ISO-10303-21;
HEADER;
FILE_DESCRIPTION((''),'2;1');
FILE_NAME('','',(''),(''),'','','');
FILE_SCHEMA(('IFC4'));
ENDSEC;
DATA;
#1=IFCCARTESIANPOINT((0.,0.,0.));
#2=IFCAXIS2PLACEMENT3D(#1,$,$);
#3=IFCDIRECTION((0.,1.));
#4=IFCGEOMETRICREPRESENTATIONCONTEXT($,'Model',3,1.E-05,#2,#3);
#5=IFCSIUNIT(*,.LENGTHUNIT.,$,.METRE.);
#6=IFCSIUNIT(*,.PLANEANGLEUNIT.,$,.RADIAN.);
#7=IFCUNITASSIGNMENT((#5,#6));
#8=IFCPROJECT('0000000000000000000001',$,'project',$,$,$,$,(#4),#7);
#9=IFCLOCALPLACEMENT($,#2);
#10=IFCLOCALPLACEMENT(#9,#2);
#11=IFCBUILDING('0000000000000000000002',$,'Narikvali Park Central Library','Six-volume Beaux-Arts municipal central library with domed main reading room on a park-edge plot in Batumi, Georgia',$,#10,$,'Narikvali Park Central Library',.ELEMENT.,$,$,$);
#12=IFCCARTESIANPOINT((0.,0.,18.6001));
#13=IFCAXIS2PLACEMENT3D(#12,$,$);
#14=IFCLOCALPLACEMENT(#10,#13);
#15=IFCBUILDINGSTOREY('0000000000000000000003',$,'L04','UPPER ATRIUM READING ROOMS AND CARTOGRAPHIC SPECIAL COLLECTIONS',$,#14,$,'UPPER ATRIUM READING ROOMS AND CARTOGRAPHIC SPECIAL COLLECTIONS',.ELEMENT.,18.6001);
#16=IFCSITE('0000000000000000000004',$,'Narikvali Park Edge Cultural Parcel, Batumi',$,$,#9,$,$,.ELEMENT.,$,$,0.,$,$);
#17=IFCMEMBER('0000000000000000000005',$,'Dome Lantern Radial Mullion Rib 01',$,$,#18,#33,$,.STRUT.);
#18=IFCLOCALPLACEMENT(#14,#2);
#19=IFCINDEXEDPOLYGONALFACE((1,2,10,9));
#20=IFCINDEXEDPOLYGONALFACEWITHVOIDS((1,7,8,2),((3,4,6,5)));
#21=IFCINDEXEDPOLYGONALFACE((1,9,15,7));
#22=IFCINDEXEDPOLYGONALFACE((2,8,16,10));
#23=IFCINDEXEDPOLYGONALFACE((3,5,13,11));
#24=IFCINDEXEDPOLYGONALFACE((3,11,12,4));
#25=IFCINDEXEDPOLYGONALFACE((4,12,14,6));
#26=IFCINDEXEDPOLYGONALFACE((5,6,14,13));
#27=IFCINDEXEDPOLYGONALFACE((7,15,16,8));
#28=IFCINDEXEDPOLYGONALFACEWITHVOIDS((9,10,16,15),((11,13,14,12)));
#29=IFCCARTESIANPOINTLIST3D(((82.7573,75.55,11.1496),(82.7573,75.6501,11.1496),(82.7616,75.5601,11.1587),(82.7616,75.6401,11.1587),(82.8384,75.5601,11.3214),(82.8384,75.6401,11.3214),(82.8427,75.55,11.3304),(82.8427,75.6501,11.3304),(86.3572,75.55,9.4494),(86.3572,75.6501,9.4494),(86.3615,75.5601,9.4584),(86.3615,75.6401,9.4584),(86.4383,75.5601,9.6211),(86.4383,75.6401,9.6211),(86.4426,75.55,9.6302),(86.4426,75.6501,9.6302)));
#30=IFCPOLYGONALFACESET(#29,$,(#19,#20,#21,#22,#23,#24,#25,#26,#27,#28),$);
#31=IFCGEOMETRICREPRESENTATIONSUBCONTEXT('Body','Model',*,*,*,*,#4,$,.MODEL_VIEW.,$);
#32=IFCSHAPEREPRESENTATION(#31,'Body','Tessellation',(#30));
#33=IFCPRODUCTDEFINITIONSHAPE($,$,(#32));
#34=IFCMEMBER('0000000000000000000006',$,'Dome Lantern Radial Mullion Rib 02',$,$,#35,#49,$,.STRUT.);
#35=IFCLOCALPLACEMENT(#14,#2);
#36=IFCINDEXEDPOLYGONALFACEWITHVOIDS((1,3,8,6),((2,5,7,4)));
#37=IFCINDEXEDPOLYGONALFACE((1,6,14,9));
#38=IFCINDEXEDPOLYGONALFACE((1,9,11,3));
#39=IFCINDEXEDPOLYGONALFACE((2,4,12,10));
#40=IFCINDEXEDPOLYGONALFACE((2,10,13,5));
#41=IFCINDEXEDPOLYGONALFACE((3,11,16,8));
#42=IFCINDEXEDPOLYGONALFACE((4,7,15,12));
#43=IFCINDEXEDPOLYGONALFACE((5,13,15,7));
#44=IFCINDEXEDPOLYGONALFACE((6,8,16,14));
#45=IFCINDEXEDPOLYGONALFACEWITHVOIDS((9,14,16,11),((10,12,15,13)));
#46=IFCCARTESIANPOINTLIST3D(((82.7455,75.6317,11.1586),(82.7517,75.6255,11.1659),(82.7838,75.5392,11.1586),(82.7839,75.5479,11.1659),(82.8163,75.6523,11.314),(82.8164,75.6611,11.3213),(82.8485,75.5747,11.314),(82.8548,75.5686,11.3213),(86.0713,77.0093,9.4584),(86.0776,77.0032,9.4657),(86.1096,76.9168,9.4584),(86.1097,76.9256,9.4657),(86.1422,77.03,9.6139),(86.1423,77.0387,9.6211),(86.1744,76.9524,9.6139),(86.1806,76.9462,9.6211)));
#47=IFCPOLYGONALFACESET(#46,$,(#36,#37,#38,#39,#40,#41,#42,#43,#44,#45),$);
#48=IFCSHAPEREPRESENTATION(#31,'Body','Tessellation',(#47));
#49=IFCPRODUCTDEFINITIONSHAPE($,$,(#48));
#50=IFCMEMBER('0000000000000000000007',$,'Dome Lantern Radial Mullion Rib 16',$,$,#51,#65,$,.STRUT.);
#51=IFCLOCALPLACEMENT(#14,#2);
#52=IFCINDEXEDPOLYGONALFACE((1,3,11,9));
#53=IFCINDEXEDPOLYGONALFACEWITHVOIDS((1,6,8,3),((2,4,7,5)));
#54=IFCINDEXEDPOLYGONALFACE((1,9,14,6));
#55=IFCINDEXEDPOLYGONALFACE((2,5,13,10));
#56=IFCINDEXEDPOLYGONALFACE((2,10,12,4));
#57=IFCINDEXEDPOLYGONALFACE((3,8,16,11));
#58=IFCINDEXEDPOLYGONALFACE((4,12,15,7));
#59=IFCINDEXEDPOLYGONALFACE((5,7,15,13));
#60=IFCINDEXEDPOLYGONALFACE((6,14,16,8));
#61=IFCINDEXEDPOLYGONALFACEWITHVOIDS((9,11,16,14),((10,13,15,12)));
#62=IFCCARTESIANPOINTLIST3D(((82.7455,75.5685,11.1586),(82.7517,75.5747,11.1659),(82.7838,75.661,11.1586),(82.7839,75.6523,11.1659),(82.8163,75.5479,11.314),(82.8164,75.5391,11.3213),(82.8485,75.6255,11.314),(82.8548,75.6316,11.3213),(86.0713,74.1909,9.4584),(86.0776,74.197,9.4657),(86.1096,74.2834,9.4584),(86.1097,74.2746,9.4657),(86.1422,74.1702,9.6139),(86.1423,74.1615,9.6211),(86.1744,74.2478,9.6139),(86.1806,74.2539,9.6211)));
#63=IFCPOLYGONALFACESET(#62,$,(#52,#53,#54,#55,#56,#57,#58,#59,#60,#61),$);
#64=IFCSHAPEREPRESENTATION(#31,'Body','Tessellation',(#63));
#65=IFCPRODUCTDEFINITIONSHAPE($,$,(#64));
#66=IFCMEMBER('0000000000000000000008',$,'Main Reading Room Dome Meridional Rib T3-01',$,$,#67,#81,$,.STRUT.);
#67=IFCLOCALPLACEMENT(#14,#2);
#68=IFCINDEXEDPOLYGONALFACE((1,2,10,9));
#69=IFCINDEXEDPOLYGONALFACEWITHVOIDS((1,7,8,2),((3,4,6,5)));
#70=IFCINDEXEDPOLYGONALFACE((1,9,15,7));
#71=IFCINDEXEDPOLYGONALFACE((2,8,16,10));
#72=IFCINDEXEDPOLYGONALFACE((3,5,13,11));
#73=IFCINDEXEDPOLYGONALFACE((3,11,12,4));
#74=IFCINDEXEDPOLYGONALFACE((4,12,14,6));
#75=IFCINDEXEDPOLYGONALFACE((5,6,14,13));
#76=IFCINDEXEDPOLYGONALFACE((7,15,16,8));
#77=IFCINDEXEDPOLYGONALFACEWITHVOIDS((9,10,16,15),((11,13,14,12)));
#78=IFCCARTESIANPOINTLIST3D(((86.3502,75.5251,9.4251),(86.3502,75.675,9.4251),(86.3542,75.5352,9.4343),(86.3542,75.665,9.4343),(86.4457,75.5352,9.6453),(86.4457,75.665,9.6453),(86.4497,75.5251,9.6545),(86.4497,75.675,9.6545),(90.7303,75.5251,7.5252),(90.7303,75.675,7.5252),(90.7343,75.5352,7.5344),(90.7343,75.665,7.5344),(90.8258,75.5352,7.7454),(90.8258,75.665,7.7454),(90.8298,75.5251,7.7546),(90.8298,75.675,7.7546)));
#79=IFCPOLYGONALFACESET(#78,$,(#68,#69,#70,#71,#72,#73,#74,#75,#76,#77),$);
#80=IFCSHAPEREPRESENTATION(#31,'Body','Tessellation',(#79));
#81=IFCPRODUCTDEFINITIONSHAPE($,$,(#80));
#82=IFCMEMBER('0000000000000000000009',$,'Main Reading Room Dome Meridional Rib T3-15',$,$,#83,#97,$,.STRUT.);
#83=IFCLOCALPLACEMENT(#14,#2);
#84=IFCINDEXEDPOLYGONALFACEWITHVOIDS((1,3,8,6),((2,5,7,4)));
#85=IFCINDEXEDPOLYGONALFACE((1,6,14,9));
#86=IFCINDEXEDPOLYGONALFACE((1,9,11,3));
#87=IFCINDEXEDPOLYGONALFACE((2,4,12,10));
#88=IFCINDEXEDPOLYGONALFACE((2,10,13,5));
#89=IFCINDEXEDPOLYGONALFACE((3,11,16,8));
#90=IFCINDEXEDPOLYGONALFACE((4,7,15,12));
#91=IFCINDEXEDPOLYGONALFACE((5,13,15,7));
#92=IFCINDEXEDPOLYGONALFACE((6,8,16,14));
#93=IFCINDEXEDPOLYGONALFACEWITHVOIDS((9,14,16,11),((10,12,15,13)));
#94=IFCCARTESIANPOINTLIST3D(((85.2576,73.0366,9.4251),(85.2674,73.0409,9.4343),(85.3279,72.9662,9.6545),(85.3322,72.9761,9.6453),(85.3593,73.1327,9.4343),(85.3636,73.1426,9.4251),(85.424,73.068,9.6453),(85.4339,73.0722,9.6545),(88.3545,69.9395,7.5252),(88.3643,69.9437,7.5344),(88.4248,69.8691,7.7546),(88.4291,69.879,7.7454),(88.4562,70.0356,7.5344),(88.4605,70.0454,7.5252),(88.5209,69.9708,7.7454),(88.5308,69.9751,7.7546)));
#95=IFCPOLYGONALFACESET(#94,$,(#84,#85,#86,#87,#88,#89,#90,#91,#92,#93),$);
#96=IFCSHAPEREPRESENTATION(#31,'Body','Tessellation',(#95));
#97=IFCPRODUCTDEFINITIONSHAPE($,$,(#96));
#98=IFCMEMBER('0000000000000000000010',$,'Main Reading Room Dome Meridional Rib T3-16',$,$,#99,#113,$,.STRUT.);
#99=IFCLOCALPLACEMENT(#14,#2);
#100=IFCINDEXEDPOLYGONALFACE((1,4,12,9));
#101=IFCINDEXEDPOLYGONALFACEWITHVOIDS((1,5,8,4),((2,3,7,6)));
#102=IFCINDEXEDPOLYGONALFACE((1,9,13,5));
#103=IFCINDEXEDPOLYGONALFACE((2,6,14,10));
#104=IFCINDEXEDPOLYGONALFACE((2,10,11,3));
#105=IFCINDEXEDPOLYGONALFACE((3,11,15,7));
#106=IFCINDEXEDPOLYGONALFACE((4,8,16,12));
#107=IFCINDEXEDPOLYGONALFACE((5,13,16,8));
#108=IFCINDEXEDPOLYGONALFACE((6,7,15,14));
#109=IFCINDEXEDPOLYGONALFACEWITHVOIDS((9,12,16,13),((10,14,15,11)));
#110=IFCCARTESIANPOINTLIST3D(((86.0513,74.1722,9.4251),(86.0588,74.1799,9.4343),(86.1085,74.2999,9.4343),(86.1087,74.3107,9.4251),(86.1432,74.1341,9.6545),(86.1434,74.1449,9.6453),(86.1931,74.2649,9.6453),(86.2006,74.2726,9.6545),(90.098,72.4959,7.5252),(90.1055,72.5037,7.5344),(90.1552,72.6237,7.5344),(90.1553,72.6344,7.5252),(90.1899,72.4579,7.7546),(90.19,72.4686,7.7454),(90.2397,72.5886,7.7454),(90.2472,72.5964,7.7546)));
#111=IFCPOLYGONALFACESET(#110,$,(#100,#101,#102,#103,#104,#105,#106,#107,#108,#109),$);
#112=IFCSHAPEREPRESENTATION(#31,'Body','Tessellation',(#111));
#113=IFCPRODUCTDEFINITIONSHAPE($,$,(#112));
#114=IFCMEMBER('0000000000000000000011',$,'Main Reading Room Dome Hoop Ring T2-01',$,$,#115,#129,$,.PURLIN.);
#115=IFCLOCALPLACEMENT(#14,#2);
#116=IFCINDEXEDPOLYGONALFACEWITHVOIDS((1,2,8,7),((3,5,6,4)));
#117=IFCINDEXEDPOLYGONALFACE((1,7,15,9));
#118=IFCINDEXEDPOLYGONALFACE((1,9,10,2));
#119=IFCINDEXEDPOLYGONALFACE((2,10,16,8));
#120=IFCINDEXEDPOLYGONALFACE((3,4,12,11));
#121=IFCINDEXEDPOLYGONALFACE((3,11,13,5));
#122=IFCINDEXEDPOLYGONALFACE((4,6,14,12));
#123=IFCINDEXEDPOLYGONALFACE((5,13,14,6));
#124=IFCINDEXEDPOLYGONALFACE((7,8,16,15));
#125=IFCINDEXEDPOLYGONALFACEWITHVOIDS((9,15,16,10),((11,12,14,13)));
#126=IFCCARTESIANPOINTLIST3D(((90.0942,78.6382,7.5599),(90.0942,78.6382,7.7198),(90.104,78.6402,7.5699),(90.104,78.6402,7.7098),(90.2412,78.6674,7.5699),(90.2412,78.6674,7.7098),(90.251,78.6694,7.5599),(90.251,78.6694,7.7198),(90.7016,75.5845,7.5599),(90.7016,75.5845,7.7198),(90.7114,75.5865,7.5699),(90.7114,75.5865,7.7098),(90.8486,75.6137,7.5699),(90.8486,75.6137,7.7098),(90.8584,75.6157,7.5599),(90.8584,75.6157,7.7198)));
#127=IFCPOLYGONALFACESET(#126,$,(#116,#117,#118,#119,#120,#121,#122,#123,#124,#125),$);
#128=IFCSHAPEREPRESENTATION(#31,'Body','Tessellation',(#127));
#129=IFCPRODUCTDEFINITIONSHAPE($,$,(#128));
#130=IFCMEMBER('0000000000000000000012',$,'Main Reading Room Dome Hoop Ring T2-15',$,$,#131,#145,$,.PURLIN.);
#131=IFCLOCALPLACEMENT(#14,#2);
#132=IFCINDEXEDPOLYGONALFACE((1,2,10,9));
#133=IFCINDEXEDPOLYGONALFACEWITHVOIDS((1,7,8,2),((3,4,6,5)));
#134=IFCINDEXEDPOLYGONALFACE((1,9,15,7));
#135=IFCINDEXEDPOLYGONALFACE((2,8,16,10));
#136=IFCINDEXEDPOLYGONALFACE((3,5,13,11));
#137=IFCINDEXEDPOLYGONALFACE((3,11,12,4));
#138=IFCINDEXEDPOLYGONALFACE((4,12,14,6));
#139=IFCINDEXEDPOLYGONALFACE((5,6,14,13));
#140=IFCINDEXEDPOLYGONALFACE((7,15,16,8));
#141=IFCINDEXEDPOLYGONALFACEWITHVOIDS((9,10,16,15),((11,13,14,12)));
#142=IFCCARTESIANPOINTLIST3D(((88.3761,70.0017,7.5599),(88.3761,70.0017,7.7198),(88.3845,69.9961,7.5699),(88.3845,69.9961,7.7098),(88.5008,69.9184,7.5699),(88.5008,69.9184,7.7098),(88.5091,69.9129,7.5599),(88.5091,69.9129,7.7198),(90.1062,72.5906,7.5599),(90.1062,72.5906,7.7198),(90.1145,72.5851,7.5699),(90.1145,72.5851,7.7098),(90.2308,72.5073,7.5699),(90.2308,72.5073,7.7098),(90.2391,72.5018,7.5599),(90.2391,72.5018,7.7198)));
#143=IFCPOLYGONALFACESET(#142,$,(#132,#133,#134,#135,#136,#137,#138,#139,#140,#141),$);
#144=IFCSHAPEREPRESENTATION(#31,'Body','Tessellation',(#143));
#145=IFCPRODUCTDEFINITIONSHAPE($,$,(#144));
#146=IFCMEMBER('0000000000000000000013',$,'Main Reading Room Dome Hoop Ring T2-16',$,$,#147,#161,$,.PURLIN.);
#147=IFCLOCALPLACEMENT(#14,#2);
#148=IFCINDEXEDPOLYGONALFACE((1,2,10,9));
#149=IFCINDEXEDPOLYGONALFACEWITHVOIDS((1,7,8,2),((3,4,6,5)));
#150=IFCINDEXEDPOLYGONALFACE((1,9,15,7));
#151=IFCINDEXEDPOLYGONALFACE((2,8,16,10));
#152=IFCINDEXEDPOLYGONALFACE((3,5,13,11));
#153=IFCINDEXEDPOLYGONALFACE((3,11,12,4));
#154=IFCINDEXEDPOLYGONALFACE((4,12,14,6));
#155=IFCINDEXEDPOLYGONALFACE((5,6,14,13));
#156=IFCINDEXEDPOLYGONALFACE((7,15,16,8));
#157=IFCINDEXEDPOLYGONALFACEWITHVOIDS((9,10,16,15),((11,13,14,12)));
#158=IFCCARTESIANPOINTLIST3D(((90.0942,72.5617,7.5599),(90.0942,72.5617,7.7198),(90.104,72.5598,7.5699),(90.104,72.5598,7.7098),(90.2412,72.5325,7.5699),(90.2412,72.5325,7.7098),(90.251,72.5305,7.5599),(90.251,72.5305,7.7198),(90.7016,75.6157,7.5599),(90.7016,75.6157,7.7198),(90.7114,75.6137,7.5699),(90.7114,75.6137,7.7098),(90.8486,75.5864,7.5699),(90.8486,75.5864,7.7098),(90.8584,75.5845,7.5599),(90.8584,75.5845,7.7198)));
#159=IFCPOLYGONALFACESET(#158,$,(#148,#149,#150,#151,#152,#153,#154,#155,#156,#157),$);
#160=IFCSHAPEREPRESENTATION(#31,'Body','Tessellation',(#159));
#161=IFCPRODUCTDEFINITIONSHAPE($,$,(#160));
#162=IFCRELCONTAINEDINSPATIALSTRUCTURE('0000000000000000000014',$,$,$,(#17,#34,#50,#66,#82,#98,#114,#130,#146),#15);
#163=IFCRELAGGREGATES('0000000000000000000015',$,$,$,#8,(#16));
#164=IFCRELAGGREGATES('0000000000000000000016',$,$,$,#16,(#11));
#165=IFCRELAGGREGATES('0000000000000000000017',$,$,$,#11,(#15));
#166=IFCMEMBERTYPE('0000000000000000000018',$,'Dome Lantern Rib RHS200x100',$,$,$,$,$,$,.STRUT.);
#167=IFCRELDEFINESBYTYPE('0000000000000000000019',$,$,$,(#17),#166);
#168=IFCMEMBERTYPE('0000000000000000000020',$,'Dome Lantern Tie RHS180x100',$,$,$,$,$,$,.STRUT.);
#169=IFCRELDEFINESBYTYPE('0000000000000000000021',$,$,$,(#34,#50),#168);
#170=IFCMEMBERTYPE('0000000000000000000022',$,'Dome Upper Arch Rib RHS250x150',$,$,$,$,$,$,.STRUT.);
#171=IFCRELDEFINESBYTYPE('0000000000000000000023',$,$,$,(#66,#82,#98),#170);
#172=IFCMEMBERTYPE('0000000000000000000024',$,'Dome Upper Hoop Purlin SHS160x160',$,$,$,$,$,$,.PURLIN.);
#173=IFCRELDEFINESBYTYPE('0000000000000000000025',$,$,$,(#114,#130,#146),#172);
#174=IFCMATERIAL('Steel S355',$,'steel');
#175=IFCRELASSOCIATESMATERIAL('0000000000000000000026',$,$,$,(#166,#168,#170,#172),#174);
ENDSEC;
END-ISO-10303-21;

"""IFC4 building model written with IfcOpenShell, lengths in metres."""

from ifc_helpers import new_model, si_unit, direction, frame, origin, origin_2d, place, context, subcontext, project, spatial, hollow_rectangle, extrude, material, material_profile, profile_set, type_object, element, save


model = new_model("IFC4")

# Units and contexts
model_context = context("Model", 3, precision=1e-05, world=origin(), true_north=direction((0.0, 1.0)))
body_context = subcontext(model_context, "Body", "Model", "MODEL_VIEW")
ifc_project = project(units=[si_unit("LENGTHUNIT", "METRE"), si_unit("PLANEANGLEUNIT", "RADIAN")], contexts=[model_context])

# Site, building, storey
site_placement = place(None, origin())
site = spatial("IfcSite", under=ifc_project, at=site_placement, Name="Narikvali Park Edge Cultural Parcel, Batumi", CompositionType="ELEMENT", RefElevation=0.0)
building_placement = place(site_placement, origin())
building = spatial("IfcBuilding", under=site, at=building_placement, Name="Narikvali Park Central Library", Description="Six-volume Beaux-Arts municipal central library with domed main reading room on a park-edge plot in Batumi, Georgia", LongName="Narikvali Park Central Library", CompositionType="ELEMENT")
storey_placement = place(building_placement, frame((0.0, 0.0, 18.6001)))
storey = spatial("IfcBuildingStorey", under=building, at=storey_placement, Name="L04", Description="UPPER ATRIUM READING ROOMS AND CARTOGRAPHIC SPECIAL COLLECTIONS", LongName="UPPER ATRIUM READING ROOMS AND CARTOGRAPHIC SPECIAL COLLECTIONS", CompositionType="ELEMENT", Elevation=18.6001)

# Members
ifc_material_1 = material(Name="Steel S355", Category="steel")
ifc_material_profile_1 = material_profile(ifc_material_1, hollow_rectangle(XDim=0.1001, YDim=0.2, WallThickness=0.01, at=origin_2d()), Name="RHS 200x100x10")
ifc_profile_set_1 = profile_set([ifc_material_profile_1], Name="Steel S355")
member_type_1 = type_object("IfcMemberType", Name="Dome Lantern Rib RHS200x100", PredefinedType="STRUT", material=ifc_profile_set_1)
member_1_placement = place(storey_placement, frame((86.3999, 75.6001, 9.5398), z_axis=(-0.904223, 0.0, 0.427061), x_axis=(0.0, -1.0, 0.0)))
element("IfcMember", 1, at=member_1_placement, inside=storey, type_object=member_type_1, Name="Dome Lantern Radial Mullion Rib 01", PredefinedType="STRUT", context=body_context, shape_type="SweptSolid", body=[
    extrude(hollow_rectangle(XDim=0.1001, YDim=0.2, WallThickness=0.01, at=origin_2d()), origin(), (0.0, 0.0, 1.0), 3.9812),
])
ifc_material_profile_2 = material_profile(ifc_material_1, hollow_rectangle(XDim=0.1001, YDim=0.1799, WallThickness=0.0081, at=origin_2d()), Name="RHS 180x100x8")
ifc_profile_set_2 = profile_set([ifc_material_profile_2], Name="Steel S355")
member_type_2 = type_object("IfcMemberType", Name="Dome Lantern Tie RHS180x100", PredefinedType="STRUT", material=ifc_profile_set_2)
for number, where, z_axis, x_axis, name in (
    (2, (86.126, 76.9778, 9.5398), (-0.835395, -0.346042, 0.427049), (0.382693, -0.923875, 0.0), "Dome Lantern Radial Mullion Rib 02"),
    (3, (86.126, 74.2224, 9.5398), (-0.835395, 0.346042, 0.427049), (-0.382693, -0.923875, 0.0), "Dome Lantern Radial Mullion Rib 16"),
):
    element("IfcMember", number, at=place(storey_placement, frame(where, z_axis=z_axis, x_axis=x_axis)), inside=storey, type_object=member_type_2, Name=name, PredefinedType="STRUT", context=body_context, shape_type="SweptSolid", body=[
        extrude(hollow_rectangle(XDim=0.1001, YDim=0.1799, WallThickness=0.0081, at=origin_2d()), origin(), (0.0, 0.0, 1.0), 3.9812),
    ])
ifc_material_profile_3 = material_profile(ifc_material_1, hollow_rectangle(XDim=0.1499, YDim=0.25, WallThickness=0.01, at=origin_2d()), Name="RHS 250x150x10")
ifc_profile_set_3 = profile_set([ifc_material_profile_3], Name="Steel S355")
member_type_3 = type_object("IfcMemberType", Name="Dome Upper Arch Rib RHS250x150", PredefinedType="STRUT", material=ifc_profile_set_3)
member_2_placement = place(storey_placement, frame((90.78, 75.6001, 7.6399), z_axis=(-0.917414, 0.0, 0.397933), x_axis=(0.0, -1.0, 0.0)))
element("IfcMember", 4, at=member_2_placement, inside=storey, type_object=member_type_3, Name="Main Reading Room Dome Meridional Rib T3-01", PredefinedType="STRUT", context=body_context, shape_type="SweptSolid", body=[
    extrude(hollow_rectangle(XDim=0.1499, YDim=0.25, WallThickness=0.01, at=origin_2d()), origin(), (0.0, 0.0, 1.0), 4.7744),
])
member_3_placement = place(storey_placement, frame((88.4426, 69.9573, 7.6399), z_axis=(-0.648679, 0.64873, 0.397952), x_axis=(-0.707135, -0.707079, 0.0)))
element("IfcMember", 5, at=member_3_placement, inside=storey, type_object=member_type_3, Name="Main Reading Room Dome Meridional Rib T3-15", PredefinedType="STRUT", context=body_context, shape_type="SweptSolid", body=[
    extrude(hollow_rectangle(XDim=0.1499, YDim=0.25, WallThickness=0.01, at=origin_2d()), origin(), (0.0, 0.0, 1.0), 4.7742),
])
member_4_placement = place(storey_placement, frame((90.1726, 72.5461, 7.6399), z_axis=(-0.847572, 0.351097, 0.397937), x_axis=(-0.382703, -0.923871, 0.0)))
element("IfcMember", 6, at=member_4_placement, inside=storey, type_object=member_type_3, Name="Main Reading Room Dome Meridional Rib T3-16", PredefinedType="STRUT", context=body_context, shape_type="SweptSolid", body=[
    extrude(hollow_rectangle(XDim=0.1499, YDim=0.25, WallThickness=0.01, at=origin_2d()), origin(), (0.0, 0.0, 1.0), 4.7744),
])
ifc_material_profile_4 = material_profile(ifc_material_1, hollow_rectangle(XDim=0.1599, YDim=0.1599, WallThickness=0.01, at=origin_2d()), Name="SHS 160x160x10")
ifc_profile_set_4 = profile_set([ifc_material_profile_4], Name="Steel S355")
member_type_4 = type_object("IfcMemberType", Name="Dome Upper Hoop Purlin SHS160x160", PredefinedType="PURLIN", material=ifc_profile_set_4)
member_5_placement = place(storey_placement, frame((90.78, 75.6001, 7.6399), z_axis=(-0.195091, 0.980785, 0.0), x_axis=(-0.980785, -0.195091, 0.0)))
element("IfcMember", 7, at=member_5_placement, inside=storey, type_object=member_type_4, Name="Main Reading Room Dome Hoop Ring T2-01", PredefinedType="PURLIN", context=body_context, shape_type="SweptSolid", body=[
    extrude(hollow_rectangle(XDim=0.1599, YDim=0.1599, WallThickness=0.01, at=origin_2d()), origin(), (0.0, 0.0, 1.0), 3.1135),
])
for number, where, z_axis, x_axis, name in (
    (8, (88.4426, 69.9573, 7.6399), (0.555605, 0.831447, 0.0), (-0.831447, 0.555605, 0.0), "Main Reading Room Dome Hoop Ring T2-15"),
    (9, (90.1726, 72.5461, 7.6399), (0.195076, 0.980788, 0.0), (-0.980788, 0.195076, 0.0), "Main Reading Room Dome Hoop Ring T2-16"),
):
    element("IfcMember", number, at=place(storey_placement, frame(where, z_axis=z_axis, x_axis=x_axis)), inside=storey, type_object=member_type_4, Name=name, PredefinedType="PURLIN", context=body_context, shape_type="SweptSolid", body=[
        extrude(hollow_rectangle(XDim=0.1599, YDim=0.1599, WallThickness=0.01, at=origin_2d()), origin(), (0.0, 0.0, 1.0), 3.1138),
    ])

save(model, "model.ifc")
